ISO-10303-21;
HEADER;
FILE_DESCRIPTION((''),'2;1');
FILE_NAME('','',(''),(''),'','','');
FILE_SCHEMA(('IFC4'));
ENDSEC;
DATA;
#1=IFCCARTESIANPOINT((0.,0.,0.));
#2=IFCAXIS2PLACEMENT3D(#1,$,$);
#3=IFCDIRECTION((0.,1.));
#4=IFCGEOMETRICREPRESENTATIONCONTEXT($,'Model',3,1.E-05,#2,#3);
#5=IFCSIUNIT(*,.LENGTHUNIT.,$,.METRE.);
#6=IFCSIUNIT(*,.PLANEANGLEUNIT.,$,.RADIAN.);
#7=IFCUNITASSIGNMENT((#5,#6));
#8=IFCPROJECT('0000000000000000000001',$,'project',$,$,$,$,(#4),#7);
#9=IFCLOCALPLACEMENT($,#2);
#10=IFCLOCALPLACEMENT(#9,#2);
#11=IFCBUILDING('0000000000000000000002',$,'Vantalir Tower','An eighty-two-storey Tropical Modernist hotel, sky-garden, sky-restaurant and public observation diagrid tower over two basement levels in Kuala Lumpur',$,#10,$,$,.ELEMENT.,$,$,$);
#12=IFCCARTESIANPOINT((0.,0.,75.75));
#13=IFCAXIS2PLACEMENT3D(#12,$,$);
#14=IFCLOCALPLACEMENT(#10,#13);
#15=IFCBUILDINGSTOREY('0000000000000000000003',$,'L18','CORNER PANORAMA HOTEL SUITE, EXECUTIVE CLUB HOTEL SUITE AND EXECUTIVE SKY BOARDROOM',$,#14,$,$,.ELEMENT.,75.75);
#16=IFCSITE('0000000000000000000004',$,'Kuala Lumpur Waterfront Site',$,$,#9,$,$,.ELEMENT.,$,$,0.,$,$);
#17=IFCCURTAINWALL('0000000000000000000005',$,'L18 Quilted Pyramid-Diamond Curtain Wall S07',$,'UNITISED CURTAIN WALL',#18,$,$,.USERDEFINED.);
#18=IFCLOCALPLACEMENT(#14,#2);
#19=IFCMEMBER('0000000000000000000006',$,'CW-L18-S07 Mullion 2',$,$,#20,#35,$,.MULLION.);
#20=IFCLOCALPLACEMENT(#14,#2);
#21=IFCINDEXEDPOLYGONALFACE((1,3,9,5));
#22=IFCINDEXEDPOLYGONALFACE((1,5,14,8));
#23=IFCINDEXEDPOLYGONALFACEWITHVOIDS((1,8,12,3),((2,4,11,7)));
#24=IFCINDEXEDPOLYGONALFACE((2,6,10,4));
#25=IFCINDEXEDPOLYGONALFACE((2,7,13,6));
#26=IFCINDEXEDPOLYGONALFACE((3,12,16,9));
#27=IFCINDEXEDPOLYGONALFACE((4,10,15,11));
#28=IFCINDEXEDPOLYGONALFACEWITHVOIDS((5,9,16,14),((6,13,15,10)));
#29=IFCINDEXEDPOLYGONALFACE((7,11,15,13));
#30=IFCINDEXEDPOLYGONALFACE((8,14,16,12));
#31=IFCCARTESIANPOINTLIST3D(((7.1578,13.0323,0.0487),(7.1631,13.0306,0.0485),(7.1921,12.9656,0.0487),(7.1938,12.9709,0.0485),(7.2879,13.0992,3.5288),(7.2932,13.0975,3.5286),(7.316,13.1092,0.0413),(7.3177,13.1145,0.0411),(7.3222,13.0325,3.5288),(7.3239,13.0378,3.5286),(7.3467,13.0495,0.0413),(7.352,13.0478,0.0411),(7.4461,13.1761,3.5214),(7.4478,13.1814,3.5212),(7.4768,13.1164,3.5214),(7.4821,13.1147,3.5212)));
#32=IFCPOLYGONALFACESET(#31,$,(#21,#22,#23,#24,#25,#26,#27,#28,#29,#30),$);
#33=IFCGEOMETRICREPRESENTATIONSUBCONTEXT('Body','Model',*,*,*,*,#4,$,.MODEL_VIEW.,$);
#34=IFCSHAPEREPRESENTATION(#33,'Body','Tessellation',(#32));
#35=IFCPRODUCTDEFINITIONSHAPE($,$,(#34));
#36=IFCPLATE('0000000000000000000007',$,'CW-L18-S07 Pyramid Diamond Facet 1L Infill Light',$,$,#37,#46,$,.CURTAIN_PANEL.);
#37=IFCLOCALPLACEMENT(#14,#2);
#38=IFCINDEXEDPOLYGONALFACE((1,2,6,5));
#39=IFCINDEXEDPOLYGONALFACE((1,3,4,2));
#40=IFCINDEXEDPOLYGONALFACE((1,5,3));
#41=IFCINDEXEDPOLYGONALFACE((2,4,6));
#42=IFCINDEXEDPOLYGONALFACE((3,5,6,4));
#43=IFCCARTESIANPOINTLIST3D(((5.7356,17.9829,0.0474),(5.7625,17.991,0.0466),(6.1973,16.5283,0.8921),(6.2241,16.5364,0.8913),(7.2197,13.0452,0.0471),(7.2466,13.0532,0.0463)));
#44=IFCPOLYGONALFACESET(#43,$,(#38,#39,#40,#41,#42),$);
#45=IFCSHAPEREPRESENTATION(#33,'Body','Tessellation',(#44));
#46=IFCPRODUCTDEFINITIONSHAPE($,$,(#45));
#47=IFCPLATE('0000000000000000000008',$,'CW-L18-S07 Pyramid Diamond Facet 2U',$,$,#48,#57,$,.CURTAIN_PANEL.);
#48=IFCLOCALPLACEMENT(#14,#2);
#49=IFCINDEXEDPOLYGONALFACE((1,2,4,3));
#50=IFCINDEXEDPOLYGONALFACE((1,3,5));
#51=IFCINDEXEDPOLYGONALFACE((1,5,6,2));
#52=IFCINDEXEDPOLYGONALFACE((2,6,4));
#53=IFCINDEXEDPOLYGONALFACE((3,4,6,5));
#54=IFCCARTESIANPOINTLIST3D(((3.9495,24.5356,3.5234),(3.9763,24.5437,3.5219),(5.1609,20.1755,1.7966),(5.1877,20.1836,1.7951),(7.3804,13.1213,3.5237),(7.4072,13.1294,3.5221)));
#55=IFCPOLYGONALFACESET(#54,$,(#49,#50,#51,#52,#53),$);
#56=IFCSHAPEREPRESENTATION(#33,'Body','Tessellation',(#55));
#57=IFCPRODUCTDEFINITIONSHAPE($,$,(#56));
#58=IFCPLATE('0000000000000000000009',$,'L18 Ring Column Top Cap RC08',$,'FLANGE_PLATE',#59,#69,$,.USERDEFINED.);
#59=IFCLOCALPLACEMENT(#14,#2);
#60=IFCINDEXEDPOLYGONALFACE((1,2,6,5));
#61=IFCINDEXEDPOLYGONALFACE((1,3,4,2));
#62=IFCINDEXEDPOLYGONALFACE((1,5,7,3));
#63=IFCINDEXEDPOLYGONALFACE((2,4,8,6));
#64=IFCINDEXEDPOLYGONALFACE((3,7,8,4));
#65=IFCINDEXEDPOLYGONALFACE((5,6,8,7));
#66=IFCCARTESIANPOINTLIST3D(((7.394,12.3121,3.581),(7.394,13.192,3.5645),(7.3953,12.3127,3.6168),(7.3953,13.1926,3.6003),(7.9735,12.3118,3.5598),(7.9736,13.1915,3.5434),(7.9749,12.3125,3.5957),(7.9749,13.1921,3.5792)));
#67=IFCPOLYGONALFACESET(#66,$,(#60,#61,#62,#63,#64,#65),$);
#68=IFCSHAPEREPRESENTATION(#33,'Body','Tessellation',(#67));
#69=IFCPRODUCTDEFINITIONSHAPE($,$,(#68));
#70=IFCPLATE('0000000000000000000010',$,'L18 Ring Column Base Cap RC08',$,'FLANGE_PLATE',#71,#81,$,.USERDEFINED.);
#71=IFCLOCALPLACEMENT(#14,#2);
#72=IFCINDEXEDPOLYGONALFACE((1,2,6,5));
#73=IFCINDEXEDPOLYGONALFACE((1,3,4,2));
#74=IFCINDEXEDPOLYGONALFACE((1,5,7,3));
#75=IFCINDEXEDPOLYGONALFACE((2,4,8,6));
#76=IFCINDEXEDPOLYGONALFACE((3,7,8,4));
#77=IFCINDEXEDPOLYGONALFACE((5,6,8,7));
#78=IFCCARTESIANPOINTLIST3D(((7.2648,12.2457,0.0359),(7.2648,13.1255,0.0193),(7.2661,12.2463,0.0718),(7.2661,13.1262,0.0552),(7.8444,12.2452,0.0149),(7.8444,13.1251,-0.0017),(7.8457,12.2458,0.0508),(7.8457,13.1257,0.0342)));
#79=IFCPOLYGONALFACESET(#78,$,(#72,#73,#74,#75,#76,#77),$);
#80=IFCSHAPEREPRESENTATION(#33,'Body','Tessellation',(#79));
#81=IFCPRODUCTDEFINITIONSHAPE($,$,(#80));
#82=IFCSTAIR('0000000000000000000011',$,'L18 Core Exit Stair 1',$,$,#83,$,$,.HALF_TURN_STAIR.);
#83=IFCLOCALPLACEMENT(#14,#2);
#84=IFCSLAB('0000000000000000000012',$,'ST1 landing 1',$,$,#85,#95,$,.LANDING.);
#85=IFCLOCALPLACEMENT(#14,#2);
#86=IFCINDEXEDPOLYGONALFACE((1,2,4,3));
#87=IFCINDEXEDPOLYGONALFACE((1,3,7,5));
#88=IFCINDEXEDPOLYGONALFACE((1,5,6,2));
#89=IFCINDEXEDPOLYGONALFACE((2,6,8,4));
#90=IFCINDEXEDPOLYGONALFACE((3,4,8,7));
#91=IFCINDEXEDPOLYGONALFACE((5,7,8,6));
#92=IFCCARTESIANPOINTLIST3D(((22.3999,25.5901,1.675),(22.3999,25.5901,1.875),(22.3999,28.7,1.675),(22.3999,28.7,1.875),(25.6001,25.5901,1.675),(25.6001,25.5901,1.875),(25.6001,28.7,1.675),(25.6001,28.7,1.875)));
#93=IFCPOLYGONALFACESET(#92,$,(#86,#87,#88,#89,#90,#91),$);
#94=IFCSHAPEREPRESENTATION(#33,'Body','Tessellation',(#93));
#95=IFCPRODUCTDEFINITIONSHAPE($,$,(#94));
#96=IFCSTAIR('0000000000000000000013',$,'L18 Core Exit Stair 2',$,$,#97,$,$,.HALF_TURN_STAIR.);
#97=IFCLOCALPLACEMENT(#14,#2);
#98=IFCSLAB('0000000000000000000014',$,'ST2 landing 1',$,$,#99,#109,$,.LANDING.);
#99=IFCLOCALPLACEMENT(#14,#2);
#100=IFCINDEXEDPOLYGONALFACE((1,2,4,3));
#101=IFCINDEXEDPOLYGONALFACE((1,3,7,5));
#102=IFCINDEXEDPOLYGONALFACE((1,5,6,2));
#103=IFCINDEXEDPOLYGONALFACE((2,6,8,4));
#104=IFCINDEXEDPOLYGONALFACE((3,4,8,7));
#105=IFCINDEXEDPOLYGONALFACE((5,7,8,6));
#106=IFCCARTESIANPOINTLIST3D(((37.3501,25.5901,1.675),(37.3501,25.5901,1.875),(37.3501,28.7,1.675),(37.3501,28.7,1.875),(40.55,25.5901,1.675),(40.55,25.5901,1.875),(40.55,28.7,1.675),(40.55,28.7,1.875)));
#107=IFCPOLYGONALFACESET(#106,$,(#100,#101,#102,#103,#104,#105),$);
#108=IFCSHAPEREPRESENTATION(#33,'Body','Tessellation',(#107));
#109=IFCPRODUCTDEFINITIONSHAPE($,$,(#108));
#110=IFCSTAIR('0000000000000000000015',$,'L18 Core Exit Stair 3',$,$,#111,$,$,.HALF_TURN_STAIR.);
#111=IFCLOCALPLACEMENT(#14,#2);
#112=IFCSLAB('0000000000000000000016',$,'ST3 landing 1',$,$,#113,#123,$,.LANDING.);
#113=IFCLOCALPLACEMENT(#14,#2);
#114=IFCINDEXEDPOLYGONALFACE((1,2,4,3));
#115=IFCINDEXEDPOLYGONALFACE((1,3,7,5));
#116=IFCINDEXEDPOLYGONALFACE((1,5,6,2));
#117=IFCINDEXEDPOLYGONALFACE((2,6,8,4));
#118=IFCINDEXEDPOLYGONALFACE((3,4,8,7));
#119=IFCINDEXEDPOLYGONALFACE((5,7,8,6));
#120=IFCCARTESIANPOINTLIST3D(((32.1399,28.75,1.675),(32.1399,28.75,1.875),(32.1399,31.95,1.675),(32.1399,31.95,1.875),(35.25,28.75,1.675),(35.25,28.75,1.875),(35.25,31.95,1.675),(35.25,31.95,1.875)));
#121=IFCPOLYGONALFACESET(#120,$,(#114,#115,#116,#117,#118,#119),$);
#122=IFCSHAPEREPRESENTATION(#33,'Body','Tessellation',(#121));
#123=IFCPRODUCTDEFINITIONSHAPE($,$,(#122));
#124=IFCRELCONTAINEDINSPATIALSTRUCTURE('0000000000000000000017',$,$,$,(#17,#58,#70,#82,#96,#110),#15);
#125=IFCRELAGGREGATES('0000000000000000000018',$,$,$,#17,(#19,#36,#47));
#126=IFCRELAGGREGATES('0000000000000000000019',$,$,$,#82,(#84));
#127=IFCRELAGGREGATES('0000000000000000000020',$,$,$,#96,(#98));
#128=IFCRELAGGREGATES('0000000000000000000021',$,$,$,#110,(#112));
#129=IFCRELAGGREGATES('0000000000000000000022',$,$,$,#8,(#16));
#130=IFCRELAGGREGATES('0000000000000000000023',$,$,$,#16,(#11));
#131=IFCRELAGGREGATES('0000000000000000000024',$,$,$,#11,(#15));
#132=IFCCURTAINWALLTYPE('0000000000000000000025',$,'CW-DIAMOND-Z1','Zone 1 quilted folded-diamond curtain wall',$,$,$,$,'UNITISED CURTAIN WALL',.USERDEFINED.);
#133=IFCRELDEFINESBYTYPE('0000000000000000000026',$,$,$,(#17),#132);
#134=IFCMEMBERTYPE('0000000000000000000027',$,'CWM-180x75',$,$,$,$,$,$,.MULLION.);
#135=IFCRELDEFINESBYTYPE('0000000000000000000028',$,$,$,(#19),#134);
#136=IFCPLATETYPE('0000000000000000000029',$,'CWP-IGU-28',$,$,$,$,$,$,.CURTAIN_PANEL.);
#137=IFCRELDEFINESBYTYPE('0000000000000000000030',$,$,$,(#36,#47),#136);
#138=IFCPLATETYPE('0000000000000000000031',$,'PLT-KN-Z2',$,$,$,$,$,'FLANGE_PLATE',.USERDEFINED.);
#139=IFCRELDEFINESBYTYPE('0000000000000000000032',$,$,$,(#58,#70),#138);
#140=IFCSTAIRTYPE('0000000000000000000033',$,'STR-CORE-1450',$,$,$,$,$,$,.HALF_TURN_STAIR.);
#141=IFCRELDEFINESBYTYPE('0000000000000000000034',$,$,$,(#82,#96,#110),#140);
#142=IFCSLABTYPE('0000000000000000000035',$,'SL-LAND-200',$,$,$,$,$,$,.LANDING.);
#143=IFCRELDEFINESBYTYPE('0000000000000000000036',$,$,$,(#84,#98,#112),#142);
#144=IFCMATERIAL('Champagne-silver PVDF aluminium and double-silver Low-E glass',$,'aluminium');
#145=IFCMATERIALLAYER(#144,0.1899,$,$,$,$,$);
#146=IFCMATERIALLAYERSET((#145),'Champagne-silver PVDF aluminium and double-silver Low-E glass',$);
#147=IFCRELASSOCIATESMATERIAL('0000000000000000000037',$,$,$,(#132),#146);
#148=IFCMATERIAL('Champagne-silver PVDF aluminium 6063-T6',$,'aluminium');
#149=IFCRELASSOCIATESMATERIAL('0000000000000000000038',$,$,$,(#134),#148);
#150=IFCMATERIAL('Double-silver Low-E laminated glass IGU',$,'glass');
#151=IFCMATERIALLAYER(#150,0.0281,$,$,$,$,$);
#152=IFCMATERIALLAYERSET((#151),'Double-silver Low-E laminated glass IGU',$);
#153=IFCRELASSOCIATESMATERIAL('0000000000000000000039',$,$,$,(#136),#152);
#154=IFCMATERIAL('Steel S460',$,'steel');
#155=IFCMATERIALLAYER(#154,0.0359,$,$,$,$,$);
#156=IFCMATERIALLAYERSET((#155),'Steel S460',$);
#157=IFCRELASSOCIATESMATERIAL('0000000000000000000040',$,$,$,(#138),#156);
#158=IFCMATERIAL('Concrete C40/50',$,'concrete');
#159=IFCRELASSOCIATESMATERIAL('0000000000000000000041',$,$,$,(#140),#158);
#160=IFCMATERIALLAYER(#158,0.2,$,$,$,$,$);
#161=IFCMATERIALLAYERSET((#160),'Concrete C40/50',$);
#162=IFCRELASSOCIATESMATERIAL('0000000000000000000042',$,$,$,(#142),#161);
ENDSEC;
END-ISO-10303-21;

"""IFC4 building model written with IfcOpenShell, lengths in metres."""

from ifc_helpers import new_model, si_unit, direction, frame, origin, origin_2d, place, context, subcontext, project, spatial, polyline, hollow_rectangle, outline, extrude, material, layer, layer_set, material_profile, profile_set, type_object, element, aggregate, save


model = new_model("IFC4")

# Units and contexts
model_context = context("Model", 3, precision=1e-05, world=origin(), true_north=direction((0.0, 1.0)))
body_context = subcontext(model_context, "Body", "Model", "MODEL_VIEW")
ifc_project = project(units=[si_unit("LENGTHUNIT", "METRE"), si_unit("PLANEANGLEUNIT", "RADIAN")], contexts=[model_context])

# Site, building, storey
site_placement = place(None, origin())
site = spatial("IfcSite", under=ifc_project, at=site_placement, Name="Kuala Lumpur Waterfront Site", CompositionType="ELEMENT", RefElevation=0.0)
building_placement = place(site_placement, origin())
building = spatial("IfcBuilding", under=site, at=building_placement, Name="Vantalir Tower", Description="An eighty-two-storey Tropical Modernist hotel, sky-garden, sky-restaurant and public observation diagrid tower over two basement levels in Kuala Lumpur", CompositionType="ELEMENT")
storey_placement = place(building_placement, frame((0.0, 0.0, 75.75)))
storey = spatial("IfcBuildingStorey", under=building, at=storey_placement, Name="L18", Description="CORNER PANORAMA HOTEL SUITE, EXECUTIVE CLUB HOTEL SUITE AND EXECUTIVE SKY BOARDROOM", CompositionType="ELEMENT", Elevation=75.75)

# Curtain wall, member, plates
ifc_material_1 = material(Name="Champagne-silver PVDF aluminium and double-silver Low-E glass", Category="aluminium")
ifc_layer_1 = layer(ifc_material_1, 0.1899)
ifc_layer_set_1 = layer_set([ifc_layer_1], Name="Champagne-silver PVDF aluminium and double-silver Low-E glass")
curtain_wall_type = type_object("IfcCurtainWallType", Name="CW-DIAMOND-Z1", Description="Zone 1 quilted folded-diamond curtain wall", ElementType="UNITISED CURTAIN WALL", PredefinedType="USERDEFINED", material=ifc_layer_set_1)
curtain_wall_placement = place(storey_placement, origin())
curtain_wall = element("IfcCurtainWall", 1, at=curtain_wall_placement, inside=storey, type_object=curtain_wall_type, Name="L18 Quilted Pyramid-Diamond Curtain Wall S07", ObjectType="UNITISED CURTAIN WALL", PredefinedType="USERDEFINED")
ifc_material_2 = material(Name="Champagne-silver PVDF aluminium 6063-T6", Category="aluminium")
ifc_material_profile = material_profile(ifc_material_2, hollow_rectangle(XDim=0.075, YDim=0.1799, WallThickness=0.0039, at=origin_2d()), Name="Champagne-silver PVDF aluminium 6063-T6")
ifc_profile_set = profile_set([ifc_material_profile], Name="Champagne-silver PVDF aluminium 6063-T6")
member_type = type_object("IfcMemberType", Name="CWM-180x75", PredefinedType="MULLION", material=ifc_profile_set)
member_placement = place(storey_placement, frame((7.2549, 13.04, 0.0449), z_axis=(0.03736, 0.019206, 0.999117), x_axis=(-0.457197, 0.889365, 0.0)))
member = element("IfcMember", 2, at=member_placement, type_object=member_type, Name="CW-L18-S07 Mullion 2", PredefinedType="MULLION", context=body_context, shape_type="SweptSolid", body=[
    extrude(hollow_rectangle(XDim=0.075, YDim=0.1799, WallThickness=0.0039, at=origin_2d()), origin(), (0.0, 0.0, 1.0), 3.4832),
])
ifc_material_3 = material(Name="Double-silver Low-E laminated glass IGU", Category="glass")
ifc_layer_2 = layer(ifc_material_3, 0.0281)
ifc_layer_set_2 = layer_set([ifc_layer_2], Name="Double-silver Low-E laminated glass IGU")
plate_type_1 = type_object("IfcPlateType", Name="CWP-IGU-28", PredefinedType="CURTAIN_PANEL", material=ifc_layer_set_2)
plate_1_placement = place(storey_placement, frame((5.7356, 17.9829, 0.0474), z_axis=(-0.957308, -0.287738, 0.027724), x_axis=(0.287847, -0.957676, -0.000047)))
plate_1 = element("IfcPlate", 3, at=plate_1_placement, type_object=plate_type_1, Name="CW-L18-S07 Pyramid Diamond Facet 1L Infill Light", PredefinedType="CURTAIN_PANEL", context=body_context, shape_type="SweptSolid", body=[
    extrude(outline(polyline([(0.0, 0.0), (5.156, 0.0), (1.5259, 0.8451), (0.0, 0.0)])), origin(), (0.0, 0.0, -1.0), 0.0281),
])
plate_2_placement = place(storey_placement, frame((7.3804, 13.1213, 3.5237), z_axis=(-0.95623, -0.287422, 0.054893), x_axis=(-0.287857, 0.957673, -0.00002)))
plate_2 = element("IfcPlate", 4, at=plate_2_placement, type_object=plate_type_1, Name="CW-L18-S07 Pyramid Diamond Facet 2U", PredefinedType="CURTAIN_PANEL", context=body_context, shape_type="SweptSolid", body=[
    extrude(outline(polyline([(0.0, 0.0), (11.9188, 0.0), (7.3945, 1.7295), (0.0, 0.0)])), origin(), (0.0, 0.0, -1.0), 0.0281),
])
aggregate(curtain_wall, [member, plate_1, plate_2])

# Plates
ifc_material_4 = material(Name="Steel S460", Category="steel")
ifc_layer_3 = layer(ifc_material_4, 0.0359)
ifc_layer_set_3 = layer_set([ifc_layer_3], Name="Steel S460")
plate_type_2 = type_object("IfcPlateType", Name="PLT-KN-Z2", ElementType="FLANGE_PLATE", PredefinedType="USERDEFINED", material=ifc_layer_set_3)
plate_3_placement = place(storey_placement, frame((7.3953, 13.1926, 3.6003), z_axis=(0.036418, 0.018716, 0.999161), x_axis=(0.000005, -0.999825, 0.018728)))
element("IfcPlate", 5, at=plate_3_placement, inside=storey, type_object=plate_type_2, Name="L18 Ring Column Top Cap RC08", ObjectType="FLANGE_PLATE", PredefinedType="USERDEFINED", context=body_context, shape_type="SweptSolid", body=[
    extrude(outline(polyline([(0.0, 0.0), (0.88, 0.0), (0.8799, 0.58), (0.0001, 0.58), (0.0, 0.0)])), origin(), (0.0, 0.0, -1.0), 0.0359),
])
plate_4_placement = place(storey_placement, frame((7.2661, 13.1262, 0.0552), z_axis=(0.036211, 0.018852, 0.999166), x_axis=(0.0, -0.999822, 0.018865)))
element("IfcPlate", 6, at=plate_4_placement, inside=storey, type_object=plate_type_2, Name="L18 Ring Column Base Cap RC08", ObjectType="FLANGE_PLATE", PredefinedType="USERDEFINED", context=body_context, shape_type="SweptSolid", body=[
    extrude(outline(polyline([(0.0, 0.0), (0.88, 0.0), (0.8801, 0.58), (0.0001, 0.58), (0.0, 0.0)])), origin(), (0.0, 0.0, -1.0), 0.0359),
])

# Stairs, slabs
ifc_material_5 = material(Name="Concrete C40/50", Category="concrete")
stair_type = type_object("IfcStairType", Name="STR-CORE-1450", PredefinedType="HALF_TURN_STAIR", material=ifc_material_5)
stair_1_placement = place(storey_placement, origin())
stair_1 = element("IfcStair", 7, at=stair_1_placement, inside=storey, type_object=stair_type, Name="L18 Core Exit Stair 1", PredefinedType="HALF_TURN_STAIR")
ifc_layer_4 = layer(ifc_material_5, 0.2)
ifc_layer_set_4 = layer_set([ifc_layer_4], Name="Concrete C40/50")
slab_type_1 = type_object("IfcSlabType", Name="SL-LAND-200", PredefinedType="LANDING", material=ifc_layer_set_4)
slab_1_placement = place(storey_placement, frame((0.0, 0.0, 1.675)))
slab_1 = element("IfcSlab", 8, at=slab_1_placement, type_object=slab_type_1, Name="ST1 landing 1", PredefinedType="LANDING", context=body_context, shape_type="SweptSolid", body=[
    extrude(outline(polyline([(25.6001, 25.5901), (25.6001, 28.7), (22.3999, 28.7), (22.3999, 25.5901), (25.6001, 25.5901)])), origin(), (0.0, 0.0, 1.0), 0.2),
])
aggregate(stair_1, [slab_1])
stair_2_placement = place(storey_placement, origin())
stair_2 = element("IfcStair", 9, at=stair_2_placement, inside=storey, type_object=stair_type, Name="L18 Core Exit Stair 2", PredefinedType="HALF_TURN_STAIR")
slab_2_placement = place(storey_placement, frame((0.0, 0.0, 1.675)))
slab_2 = element("IfcSlab", 10, at=slab_2_placement, type_object=slab_type_1, Name="ST2 landing 1", PredefinedType="LANDING", context=body_context, shape_type="SweptSolid", body=[
    extrude(outline(polyline([(40.55, 25.5901), (40.55, 28.7), (37.3501, 28.7), (37.3501, 25.5901), (40.55, 25.5901)])), origin(), (0.0, 0.0, 1.0), 0.2),
])
aggregate(stair_2, [slab_2])
stair_3_placement = place(storey_placement, origin())
stair_3 = element("IfcStair", 11, at=stair_3_placement, inside=storey, type_object=stair_type, Name="L18 Core Exit Stair 3", PredefinedType="HALF_TURN_STAIR")
slab_3_placement = place(storey_placement, frame((0.0, 0.0, 1.675)))
slab_3 = element("IfcSlab", 12, at=slab_3_placement, type_object=slab_type_1, Name="ST3 landing 1", PredefinedType="LANDING", context=body_context, shape_type="SweptSolid", body=[
    extrude(outline(polyline([(32.1399, 28.75), (35.25, 28.75), (35.25, 31.95), (32.1399, 31.95), (32.1399, 28.75)])), origin(), (0.0, 0.0, 1.0), 0.2),
])
aggregate(stair_3, [slab_3])

save(model, "model.ifc")
